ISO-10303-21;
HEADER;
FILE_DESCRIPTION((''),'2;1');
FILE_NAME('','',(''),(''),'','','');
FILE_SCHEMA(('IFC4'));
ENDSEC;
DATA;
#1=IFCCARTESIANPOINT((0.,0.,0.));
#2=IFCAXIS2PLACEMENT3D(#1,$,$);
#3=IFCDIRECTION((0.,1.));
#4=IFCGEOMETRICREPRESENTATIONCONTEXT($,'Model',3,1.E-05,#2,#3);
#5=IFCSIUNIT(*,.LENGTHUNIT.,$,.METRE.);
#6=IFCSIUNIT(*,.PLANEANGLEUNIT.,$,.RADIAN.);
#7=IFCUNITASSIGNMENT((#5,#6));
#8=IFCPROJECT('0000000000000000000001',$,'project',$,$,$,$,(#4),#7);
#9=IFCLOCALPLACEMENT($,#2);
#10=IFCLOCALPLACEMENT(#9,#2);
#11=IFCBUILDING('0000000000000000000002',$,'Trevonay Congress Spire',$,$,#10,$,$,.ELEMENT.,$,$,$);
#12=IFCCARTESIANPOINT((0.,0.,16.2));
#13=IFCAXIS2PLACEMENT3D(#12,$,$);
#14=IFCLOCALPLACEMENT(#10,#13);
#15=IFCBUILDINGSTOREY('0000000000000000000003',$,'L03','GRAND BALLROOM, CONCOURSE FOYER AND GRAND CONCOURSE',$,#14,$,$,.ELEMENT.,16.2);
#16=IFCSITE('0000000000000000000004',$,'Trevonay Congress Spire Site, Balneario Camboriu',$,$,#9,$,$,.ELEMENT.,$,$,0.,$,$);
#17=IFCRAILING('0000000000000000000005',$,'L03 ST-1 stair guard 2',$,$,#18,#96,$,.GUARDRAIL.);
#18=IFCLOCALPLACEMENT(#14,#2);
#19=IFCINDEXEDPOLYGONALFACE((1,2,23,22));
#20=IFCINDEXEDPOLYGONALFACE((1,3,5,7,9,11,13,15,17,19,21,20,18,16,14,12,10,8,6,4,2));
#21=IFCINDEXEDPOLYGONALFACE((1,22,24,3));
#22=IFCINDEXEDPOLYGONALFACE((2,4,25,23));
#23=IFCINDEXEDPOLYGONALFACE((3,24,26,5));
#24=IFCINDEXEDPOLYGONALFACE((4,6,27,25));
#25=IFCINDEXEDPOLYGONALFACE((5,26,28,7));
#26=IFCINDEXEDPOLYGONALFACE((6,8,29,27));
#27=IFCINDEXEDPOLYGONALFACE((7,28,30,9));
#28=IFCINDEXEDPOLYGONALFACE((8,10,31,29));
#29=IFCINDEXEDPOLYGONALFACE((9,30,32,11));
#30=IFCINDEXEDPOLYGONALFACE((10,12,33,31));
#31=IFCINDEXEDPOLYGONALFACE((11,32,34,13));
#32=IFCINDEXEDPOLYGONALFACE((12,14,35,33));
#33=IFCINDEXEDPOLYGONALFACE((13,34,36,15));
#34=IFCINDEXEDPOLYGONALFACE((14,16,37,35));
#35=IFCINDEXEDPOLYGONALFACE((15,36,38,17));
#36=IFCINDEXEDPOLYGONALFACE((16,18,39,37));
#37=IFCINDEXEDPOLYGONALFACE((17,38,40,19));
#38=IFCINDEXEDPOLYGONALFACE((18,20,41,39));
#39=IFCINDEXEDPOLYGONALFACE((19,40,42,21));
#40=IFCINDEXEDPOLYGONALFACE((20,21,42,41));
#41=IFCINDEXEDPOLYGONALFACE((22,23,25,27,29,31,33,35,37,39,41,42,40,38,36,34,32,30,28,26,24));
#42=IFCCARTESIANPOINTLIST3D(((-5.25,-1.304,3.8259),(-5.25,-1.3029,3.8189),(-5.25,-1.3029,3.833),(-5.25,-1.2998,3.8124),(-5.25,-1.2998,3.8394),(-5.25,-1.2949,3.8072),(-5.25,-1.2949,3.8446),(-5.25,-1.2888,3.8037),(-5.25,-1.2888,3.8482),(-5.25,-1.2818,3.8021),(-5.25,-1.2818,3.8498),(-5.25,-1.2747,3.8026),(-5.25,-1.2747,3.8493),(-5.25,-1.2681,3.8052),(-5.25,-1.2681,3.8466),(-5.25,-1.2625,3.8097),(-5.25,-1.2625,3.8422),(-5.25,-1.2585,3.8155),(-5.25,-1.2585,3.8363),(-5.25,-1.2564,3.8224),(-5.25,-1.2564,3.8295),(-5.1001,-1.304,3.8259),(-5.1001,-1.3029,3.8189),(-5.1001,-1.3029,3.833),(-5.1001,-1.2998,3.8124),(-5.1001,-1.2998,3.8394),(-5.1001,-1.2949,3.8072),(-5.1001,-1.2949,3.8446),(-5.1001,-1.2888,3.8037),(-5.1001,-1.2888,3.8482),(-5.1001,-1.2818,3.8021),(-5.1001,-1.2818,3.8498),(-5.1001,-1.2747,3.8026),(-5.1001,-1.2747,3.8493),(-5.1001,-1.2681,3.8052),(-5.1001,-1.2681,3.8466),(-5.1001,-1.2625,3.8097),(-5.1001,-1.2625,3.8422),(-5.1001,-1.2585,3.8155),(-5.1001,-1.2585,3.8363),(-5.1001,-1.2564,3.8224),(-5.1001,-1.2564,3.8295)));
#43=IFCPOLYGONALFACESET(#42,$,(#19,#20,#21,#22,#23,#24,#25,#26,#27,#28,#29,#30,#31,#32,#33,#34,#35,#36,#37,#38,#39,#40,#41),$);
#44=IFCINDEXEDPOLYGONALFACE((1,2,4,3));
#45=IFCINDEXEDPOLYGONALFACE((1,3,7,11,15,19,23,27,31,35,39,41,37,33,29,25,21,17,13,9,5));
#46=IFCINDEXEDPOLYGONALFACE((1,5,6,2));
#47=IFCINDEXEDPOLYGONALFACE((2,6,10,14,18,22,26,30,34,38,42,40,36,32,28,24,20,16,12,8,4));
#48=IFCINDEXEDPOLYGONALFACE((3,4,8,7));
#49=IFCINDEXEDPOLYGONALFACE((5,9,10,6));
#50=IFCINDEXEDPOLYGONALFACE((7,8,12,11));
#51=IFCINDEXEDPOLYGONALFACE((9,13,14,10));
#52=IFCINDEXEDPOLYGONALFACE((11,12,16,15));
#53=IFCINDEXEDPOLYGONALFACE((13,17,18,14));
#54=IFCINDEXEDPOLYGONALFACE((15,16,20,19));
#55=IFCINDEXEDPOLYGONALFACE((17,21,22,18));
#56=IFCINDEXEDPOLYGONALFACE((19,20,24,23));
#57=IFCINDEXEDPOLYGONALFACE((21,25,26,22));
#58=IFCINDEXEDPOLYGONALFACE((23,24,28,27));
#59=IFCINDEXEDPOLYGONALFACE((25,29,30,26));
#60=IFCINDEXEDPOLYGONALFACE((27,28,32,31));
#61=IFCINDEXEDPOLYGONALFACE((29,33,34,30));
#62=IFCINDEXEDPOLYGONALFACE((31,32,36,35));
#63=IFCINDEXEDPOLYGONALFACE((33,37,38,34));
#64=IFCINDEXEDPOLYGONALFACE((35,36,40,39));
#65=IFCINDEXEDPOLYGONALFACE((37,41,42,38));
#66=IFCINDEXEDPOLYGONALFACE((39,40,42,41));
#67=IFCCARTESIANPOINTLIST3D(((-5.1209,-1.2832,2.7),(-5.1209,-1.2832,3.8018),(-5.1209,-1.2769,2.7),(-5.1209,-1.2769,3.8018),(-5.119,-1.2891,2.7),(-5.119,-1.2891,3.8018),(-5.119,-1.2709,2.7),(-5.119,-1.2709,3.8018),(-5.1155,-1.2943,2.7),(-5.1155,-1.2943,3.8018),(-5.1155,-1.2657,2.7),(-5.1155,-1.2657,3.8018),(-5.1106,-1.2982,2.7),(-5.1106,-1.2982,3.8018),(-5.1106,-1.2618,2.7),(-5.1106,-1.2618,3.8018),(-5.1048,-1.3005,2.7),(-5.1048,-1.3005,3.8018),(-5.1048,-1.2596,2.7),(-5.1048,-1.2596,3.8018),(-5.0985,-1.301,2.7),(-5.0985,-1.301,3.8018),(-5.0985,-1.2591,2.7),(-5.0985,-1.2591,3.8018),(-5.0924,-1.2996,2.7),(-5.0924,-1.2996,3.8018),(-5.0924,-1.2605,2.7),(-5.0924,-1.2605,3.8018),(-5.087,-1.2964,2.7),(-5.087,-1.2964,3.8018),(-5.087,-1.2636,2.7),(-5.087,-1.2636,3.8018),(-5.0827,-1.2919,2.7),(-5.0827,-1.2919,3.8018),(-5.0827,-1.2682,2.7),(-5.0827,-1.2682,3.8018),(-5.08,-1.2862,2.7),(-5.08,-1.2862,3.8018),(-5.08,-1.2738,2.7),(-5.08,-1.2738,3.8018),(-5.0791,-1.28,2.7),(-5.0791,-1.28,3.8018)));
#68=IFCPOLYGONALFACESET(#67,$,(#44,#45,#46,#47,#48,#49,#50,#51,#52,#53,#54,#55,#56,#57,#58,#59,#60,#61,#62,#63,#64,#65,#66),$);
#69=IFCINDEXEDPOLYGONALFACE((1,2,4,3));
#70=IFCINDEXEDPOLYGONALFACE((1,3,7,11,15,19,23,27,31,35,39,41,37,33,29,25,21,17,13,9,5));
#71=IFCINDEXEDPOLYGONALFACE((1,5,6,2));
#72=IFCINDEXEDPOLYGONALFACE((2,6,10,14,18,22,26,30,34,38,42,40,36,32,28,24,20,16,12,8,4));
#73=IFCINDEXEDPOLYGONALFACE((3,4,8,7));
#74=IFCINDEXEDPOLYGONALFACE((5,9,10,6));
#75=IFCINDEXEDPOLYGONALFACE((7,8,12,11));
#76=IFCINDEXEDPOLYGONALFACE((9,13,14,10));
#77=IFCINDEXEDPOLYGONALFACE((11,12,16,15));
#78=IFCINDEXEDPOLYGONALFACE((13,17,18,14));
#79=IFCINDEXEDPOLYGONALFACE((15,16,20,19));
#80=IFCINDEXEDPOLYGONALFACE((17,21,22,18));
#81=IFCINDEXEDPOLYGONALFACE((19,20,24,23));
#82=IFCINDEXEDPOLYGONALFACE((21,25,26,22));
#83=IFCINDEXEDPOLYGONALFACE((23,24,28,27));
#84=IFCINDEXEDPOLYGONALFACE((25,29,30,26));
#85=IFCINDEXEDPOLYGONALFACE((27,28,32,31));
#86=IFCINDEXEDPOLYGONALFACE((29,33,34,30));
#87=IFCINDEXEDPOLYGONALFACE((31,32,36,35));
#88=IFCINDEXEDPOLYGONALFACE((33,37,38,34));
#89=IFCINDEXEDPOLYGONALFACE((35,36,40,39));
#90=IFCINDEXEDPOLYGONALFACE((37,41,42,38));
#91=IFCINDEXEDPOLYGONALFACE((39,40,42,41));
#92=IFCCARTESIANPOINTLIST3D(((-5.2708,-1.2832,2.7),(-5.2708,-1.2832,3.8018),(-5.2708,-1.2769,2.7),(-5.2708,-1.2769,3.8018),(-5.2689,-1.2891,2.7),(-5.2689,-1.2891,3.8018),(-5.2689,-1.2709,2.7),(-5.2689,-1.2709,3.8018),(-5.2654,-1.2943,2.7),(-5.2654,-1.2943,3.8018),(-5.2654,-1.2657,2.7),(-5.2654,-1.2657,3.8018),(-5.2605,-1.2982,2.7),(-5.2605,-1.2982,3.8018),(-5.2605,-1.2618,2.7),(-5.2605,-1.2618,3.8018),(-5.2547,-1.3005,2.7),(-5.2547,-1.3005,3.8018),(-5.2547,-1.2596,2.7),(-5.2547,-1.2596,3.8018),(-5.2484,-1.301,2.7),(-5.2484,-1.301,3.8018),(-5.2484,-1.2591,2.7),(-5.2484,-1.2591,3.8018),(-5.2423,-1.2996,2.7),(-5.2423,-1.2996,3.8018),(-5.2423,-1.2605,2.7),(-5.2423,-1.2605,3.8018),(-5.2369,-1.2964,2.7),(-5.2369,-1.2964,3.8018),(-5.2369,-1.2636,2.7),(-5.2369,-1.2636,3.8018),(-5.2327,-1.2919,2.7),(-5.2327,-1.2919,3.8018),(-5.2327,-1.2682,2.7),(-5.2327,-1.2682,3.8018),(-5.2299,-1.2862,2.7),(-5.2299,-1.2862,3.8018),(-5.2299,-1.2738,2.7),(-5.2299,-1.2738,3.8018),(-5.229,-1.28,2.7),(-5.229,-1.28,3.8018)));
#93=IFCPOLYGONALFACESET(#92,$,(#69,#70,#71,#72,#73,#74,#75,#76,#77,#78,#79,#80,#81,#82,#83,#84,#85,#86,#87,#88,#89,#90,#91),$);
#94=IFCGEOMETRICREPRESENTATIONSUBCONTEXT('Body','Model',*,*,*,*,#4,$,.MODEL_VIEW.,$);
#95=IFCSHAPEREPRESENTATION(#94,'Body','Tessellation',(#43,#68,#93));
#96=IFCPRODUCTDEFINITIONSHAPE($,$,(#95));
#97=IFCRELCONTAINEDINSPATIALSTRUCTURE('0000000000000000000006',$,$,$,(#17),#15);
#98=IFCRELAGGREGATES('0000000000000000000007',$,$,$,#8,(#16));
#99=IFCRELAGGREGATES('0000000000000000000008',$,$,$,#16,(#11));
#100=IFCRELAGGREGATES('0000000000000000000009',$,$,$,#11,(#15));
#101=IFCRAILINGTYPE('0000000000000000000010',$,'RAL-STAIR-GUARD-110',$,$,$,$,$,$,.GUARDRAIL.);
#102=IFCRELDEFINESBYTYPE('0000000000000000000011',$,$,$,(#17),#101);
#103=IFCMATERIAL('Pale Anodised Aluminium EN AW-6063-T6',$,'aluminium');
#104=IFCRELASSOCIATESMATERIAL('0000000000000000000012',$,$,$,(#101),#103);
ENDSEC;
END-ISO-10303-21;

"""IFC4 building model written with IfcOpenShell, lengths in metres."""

from ifc_helpers import new_model, si_unit, direction, frame, origin, origin_2d, place, context, subcontext, project, spatial, circle, extrude, material, type_object, element, save


model = new_model("IFC4")

# Units and contexts
model_context = context("Model", 3, precision=1e-05, world=origin(), true_north=direction((0.0, 1.0)))
body_context = subcontext(model_context, "Body", "Model", "MODEL_VIEW")
ifc_project = project(units=[si_unit("LENGTHUNIT", "METRE"), si_unit("PLANEANGLEUNIT", "RADIAN")], contexts=[model_context])

# Site, building, storey
site_placement = place(None, origin())
site = spatial("IfcSite", under=ifc_project, at=site_placement, Name="Trevonay Congress Spire Site, Balneario Camboriu", CompositionType="ELEMENT", RefElevation=0.0)
building_placement = place(site_placement, origin())
building = spatial("IfcBuilding", under=site, at=building_placement, Name="Trevonay Congress Spire", CompositionType="ELEMENT")
storey_placement = place(building_placement, frame((0.0, 0.0, 16.2)))
storey = spatial("IfcBuildingStorey", under=building, at=storey_placement, Name="L03", Description="GRAND BALLROOM, CONCOURSE FOYER AND GRAND CONCOURSE", CompositionType="ELEMENT", Elevation=16.2)

# Railing
ifc_material_1 = material(Name="Pale Anodised Aluminium EN AW-6063-T6", Category="aluminium")
railing_type_1 = type_object("IfcRailingType", Name="RAL-STAIR-GUARD-110", PredefinedType="GUARDRAIL", material=ifc_material_1)
railing_1_placement = place(storey_placement, frame((-5.1001, -1.28, 2.7)))
element("IfcRailing", 1, at=railing_1_placement, inside=storey, type_object=railing_type_1, Name="L03 ST-1 stair guard 2", PredefinedType="GUARDRAIL", context=body_context, shape_type="SweptSolid", body=[
    extrude(circle(Radius=0.0239, at=origin_2d()), frame((0.0, 0.0, 1.126), z_axis=(-1.0, 0.0, 0.0), x_axis=(0.0, -1.0, 0.0)), (0.0, 0.0, 1.0), 0.1499),
    extrude(circle(Radius=0.021, at=origin_2d()), origin(), (0.0, 0.0, 1.0), 1.1018),
    extrude(circle(Radius=0.021, at=origin_2d()), frame((-0.1499, 0.0, 0.0)), (0.0, 0.0, 1.0), 1.1018),
])

save(model, "model.ifc")
